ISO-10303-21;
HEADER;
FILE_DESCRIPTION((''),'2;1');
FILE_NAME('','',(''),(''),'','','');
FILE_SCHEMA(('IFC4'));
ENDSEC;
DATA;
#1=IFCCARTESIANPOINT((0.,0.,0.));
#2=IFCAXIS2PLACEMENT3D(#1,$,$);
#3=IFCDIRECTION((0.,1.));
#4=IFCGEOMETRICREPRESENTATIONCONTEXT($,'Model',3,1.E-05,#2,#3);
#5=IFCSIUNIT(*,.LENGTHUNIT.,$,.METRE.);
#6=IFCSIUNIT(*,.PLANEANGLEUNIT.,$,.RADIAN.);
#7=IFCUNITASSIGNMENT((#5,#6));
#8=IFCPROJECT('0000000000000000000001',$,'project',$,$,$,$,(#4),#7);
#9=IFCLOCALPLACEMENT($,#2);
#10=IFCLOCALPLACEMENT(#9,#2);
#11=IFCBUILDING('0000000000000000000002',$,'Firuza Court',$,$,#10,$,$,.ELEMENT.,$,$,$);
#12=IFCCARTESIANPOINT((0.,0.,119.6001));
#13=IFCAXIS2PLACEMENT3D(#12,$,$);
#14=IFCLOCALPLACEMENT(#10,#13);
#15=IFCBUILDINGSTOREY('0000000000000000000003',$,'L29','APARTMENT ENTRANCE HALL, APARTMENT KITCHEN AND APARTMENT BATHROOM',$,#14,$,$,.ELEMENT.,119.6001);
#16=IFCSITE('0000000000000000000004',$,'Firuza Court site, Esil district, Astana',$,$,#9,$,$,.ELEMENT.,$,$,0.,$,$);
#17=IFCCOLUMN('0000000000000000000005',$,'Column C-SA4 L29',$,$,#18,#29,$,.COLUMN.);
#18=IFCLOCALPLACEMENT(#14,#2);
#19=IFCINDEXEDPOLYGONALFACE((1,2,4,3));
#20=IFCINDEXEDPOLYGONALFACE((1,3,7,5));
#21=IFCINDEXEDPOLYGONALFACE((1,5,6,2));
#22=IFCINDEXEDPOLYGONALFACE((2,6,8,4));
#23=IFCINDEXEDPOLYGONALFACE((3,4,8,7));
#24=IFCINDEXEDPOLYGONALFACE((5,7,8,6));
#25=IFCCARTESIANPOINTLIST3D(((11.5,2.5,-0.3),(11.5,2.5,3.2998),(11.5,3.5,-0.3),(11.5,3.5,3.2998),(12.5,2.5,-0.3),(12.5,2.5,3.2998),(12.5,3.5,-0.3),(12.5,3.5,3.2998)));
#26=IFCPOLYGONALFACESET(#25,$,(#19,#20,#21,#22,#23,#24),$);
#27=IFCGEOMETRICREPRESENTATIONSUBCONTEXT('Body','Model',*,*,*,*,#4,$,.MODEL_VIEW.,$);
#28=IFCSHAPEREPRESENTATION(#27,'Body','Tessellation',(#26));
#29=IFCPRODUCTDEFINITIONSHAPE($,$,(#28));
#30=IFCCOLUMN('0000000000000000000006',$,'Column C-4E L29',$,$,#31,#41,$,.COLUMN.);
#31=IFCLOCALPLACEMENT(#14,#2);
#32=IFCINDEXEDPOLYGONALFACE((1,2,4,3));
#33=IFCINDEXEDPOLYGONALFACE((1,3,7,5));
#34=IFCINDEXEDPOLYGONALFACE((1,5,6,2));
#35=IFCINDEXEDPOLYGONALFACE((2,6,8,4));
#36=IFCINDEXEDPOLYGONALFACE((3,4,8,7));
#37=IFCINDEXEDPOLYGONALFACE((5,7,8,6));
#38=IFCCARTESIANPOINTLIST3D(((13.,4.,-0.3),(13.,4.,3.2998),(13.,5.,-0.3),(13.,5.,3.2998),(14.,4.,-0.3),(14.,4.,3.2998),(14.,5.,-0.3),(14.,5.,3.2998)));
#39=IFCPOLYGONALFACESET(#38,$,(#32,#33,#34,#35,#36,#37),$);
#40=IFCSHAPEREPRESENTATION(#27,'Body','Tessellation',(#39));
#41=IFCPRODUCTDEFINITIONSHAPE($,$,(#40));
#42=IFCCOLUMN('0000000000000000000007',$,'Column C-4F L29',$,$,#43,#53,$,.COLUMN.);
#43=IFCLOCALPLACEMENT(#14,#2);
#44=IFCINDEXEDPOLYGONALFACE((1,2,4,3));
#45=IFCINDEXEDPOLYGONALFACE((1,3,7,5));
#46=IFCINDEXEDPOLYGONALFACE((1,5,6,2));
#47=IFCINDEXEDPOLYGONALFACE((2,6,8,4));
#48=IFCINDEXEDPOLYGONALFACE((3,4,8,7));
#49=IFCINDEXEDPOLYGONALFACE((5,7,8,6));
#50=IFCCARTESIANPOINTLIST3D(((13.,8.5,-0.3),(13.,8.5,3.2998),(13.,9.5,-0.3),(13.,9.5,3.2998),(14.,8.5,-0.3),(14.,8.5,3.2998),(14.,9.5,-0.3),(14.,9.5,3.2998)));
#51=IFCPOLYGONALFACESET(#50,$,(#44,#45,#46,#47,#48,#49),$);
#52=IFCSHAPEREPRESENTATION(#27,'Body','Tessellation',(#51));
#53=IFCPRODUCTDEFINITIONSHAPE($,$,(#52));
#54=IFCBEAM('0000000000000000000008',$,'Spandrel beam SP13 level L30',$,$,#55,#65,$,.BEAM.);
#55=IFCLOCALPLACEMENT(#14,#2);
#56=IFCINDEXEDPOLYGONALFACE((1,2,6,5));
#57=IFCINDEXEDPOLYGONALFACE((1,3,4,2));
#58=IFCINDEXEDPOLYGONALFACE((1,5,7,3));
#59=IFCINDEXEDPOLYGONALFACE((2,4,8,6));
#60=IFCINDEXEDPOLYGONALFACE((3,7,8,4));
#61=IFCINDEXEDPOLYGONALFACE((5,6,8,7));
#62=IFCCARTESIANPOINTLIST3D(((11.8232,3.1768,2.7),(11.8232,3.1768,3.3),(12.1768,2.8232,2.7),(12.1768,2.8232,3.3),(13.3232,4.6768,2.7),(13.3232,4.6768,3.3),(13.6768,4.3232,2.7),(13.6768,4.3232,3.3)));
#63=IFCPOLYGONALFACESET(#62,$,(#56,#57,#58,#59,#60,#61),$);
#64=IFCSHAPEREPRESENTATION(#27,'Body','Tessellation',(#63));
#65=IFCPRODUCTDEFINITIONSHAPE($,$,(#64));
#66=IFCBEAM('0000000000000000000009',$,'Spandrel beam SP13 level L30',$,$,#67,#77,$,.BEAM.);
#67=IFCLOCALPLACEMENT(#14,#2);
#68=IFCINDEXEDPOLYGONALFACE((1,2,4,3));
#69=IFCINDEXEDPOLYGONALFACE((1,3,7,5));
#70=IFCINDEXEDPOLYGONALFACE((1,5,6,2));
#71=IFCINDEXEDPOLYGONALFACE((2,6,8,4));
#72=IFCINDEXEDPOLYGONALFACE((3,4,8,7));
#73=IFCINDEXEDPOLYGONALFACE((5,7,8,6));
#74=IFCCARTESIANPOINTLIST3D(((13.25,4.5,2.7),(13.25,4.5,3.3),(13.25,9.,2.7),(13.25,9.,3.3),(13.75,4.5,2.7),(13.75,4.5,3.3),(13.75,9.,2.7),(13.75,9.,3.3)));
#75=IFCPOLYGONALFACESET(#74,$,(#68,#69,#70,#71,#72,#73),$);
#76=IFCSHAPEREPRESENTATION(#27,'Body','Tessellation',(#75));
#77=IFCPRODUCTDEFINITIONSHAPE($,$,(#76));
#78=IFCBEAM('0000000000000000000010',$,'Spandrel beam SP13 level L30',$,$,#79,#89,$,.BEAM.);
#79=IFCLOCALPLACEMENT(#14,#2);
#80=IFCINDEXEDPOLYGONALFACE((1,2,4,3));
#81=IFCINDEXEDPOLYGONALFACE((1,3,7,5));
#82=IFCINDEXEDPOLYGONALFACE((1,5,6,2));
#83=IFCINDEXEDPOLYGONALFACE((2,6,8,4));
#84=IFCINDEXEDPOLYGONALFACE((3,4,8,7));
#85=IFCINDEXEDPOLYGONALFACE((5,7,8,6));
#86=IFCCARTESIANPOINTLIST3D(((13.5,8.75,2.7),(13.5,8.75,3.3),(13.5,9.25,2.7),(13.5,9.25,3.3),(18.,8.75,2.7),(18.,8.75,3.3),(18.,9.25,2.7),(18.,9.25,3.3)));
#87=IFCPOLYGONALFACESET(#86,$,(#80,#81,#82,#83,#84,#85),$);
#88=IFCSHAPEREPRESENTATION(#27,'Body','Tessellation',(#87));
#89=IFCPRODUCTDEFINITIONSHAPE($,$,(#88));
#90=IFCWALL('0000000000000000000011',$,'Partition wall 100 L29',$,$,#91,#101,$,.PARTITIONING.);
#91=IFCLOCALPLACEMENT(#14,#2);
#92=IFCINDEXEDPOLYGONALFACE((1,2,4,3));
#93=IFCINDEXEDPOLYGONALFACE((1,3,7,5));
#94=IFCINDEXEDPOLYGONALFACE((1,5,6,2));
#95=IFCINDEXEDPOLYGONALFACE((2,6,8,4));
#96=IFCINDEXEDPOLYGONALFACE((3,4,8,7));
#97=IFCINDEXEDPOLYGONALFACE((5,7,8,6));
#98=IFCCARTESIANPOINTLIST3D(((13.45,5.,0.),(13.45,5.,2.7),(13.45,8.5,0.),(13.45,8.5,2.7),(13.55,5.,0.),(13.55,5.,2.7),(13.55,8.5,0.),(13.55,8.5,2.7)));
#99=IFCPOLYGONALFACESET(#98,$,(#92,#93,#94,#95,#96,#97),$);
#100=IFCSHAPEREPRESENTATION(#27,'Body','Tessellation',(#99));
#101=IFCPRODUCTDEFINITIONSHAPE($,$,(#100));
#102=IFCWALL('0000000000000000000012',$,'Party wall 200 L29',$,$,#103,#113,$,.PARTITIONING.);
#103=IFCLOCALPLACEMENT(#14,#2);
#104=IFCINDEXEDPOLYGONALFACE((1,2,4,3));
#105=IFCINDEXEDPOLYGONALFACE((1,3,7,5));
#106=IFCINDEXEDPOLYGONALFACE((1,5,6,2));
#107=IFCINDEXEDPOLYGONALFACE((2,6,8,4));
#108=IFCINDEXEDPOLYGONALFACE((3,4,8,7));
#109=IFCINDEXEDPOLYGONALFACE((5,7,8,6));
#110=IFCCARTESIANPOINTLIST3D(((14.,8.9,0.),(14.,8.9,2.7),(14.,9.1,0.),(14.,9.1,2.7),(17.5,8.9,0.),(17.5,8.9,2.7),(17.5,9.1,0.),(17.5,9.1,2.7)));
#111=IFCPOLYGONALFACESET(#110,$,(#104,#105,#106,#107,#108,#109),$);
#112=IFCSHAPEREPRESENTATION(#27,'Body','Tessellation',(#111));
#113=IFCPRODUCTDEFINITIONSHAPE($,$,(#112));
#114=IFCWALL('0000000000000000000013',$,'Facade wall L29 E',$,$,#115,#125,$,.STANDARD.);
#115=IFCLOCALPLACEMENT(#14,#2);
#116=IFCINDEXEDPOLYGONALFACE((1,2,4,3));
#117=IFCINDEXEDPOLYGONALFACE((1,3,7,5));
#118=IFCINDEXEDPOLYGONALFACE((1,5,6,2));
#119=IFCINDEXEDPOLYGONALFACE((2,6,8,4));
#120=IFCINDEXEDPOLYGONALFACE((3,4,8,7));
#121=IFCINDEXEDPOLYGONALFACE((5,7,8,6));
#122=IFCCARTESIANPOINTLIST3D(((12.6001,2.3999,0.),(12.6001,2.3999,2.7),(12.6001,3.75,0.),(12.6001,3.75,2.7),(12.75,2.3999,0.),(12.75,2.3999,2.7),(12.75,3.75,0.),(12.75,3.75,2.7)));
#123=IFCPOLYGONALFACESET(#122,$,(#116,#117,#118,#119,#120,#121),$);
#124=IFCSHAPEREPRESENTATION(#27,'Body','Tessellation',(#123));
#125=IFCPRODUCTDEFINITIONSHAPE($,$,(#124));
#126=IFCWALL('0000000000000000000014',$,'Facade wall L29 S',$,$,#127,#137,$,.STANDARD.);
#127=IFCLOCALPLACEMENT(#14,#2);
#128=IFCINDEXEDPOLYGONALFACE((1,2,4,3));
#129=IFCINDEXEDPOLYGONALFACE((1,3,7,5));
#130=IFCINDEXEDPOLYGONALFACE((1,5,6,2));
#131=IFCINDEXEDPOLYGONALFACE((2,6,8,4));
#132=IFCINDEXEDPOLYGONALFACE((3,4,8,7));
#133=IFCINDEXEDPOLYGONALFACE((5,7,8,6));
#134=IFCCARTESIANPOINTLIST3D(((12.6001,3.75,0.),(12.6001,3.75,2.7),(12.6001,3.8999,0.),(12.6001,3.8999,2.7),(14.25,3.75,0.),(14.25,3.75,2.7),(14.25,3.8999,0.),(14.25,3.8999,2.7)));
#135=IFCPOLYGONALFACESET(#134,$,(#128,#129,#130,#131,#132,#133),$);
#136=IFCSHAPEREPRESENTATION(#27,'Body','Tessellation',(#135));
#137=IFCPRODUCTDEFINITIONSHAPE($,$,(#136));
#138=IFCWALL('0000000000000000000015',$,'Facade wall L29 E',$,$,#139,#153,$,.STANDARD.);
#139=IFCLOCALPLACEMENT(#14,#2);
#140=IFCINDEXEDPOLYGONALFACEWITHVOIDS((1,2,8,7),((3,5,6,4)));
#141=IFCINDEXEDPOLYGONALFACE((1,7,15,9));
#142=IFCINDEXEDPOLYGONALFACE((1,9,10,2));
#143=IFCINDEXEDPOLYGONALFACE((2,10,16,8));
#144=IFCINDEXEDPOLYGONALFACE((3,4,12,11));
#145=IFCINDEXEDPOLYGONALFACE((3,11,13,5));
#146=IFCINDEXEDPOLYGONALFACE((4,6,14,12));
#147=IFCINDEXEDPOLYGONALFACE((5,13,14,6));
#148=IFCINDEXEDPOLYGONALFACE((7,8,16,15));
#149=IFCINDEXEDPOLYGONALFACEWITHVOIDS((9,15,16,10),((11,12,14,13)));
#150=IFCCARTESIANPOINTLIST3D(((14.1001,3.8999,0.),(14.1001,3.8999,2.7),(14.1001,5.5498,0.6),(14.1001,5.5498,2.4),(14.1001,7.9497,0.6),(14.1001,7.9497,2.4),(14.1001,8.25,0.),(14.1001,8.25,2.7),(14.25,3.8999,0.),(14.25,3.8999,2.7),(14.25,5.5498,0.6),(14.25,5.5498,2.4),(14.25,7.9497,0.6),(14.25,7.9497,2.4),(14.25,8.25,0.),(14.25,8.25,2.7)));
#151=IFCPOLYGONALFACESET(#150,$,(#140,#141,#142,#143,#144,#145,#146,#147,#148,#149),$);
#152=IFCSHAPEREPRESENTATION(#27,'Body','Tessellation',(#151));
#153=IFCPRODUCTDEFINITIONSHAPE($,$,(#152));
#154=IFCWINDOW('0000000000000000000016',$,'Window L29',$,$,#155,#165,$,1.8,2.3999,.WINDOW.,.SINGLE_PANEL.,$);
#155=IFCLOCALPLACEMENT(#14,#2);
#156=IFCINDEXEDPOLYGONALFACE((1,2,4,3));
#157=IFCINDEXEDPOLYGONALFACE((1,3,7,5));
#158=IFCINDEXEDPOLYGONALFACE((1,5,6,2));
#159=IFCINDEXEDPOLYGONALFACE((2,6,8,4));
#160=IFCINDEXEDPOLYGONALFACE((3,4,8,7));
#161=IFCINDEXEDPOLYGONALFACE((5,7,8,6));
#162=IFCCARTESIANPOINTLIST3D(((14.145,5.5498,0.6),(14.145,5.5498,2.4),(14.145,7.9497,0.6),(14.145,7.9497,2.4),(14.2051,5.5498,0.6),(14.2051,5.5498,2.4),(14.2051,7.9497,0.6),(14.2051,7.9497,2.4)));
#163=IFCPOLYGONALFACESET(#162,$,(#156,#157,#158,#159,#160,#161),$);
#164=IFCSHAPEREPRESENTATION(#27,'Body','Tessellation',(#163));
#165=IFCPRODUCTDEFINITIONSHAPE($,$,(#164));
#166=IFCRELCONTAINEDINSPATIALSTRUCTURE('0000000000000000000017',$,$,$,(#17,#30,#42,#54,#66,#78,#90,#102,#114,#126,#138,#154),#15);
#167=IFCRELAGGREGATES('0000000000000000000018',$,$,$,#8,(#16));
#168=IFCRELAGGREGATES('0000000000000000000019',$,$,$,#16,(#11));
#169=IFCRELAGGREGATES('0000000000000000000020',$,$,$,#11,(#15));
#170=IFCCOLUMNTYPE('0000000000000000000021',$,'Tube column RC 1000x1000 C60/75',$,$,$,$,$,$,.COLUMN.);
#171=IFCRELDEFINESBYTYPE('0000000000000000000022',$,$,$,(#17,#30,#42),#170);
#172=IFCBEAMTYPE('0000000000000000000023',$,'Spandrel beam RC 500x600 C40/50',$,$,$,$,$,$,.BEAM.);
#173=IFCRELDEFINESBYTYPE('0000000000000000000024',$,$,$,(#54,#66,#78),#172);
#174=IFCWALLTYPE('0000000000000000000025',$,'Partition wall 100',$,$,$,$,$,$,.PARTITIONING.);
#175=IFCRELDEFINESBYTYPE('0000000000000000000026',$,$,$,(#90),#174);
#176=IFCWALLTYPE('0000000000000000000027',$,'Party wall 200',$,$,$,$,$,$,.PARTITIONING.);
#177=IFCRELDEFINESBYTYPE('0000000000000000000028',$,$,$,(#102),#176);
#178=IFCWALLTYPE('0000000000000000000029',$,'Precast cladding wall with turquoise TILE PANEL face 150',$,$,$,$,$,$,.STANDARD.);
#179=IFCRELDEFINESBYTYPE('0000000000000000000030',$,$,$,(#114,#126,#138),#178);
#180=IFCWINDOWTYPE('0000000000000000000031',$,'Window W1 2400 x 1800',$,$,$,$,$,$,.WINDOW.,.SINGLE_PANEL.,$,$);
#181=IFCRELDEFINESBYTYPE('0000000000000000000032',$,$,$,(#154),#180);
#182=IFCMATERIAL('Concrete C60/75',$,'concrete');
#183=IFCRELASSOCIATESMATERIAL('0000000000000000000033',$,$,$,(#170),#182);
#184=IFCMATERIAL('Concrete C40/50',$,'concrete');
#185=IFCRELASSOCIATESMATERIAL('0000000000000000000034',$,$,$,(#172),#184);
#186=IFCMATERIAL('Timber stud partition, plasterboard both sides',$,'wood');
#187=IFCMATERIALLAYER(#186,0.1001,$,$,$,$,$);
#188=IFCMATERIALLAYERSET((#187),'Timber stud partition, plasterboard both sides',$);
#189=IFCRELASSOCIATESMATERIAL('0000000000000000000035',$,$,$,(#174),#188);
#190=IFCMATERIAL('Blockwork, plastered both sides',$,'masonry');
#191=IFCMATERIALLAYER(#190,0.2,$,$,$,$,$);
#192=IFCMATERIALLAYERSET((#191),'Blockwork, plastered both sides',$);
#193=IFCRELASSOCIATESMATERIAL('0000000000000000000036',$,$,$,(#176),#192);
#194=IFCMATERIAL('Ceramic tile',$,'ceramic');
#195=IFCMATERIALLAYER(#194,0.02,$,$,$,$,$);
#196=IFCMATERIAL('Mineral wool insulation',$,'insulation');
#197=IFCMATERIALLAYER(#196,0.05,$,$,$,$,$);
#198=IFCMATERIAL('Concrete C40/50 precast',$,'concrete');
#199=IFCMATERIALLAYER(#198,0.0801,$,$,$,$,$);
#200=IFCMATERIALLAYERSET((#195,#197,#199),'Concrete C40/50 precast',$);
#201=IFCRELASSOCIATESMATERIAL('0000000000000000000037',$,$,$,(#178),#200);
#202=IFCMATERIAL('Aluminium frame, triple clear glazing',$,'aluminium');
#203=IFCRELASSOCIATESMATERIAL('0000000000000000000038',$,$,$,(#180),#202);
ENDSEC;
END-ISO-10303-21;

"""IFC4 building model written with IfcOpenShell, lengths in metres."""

from ifc_helpers import new_model, si_unit, direction, frame, frame_2d, origin, origin_2d, place, context, subcontext, project, spatial, rectangle, extrude, material, layer, layer_set, material_profile, profile_set, type_object, element, fill, save


model = new_model("IFC4")

# Units and contexts
model_context = context("Model", 3, precision=1e-05, world=origin(), true_north=direction((0.0, 1.0)))
body_context = subcontext(model_context, "Body", "Model", "MODEL_VIEW")
ifc_project = project(units=[si_unit("LENGTHUNIT", "METRE"), si_unit("PLANEANGLEUNIT", "RADIAN")], contexts=[model_context])

# Site, building, storey
site_placement = place(None, origin())
site = spatial("IfcSite", under=ifc_project, at=site_placement, Name="Firuza Court site, Esil district, Astana", CompositionType="ELEMENT", RefElevation=0.0)
building_placement = place(site_placement, origin())
building = spatial("IfcBuilding", under=site, at=building_placement, Name="Firuza Court", CompositionType="ELEMENT")
storey_placement = place(building_placement, frame((0.0, 0.0, 119.6001)))
storey = spatial("IfcBuildingStorey", under=building, at=storey_placement, Name="L29", Description="APARTMENT ENTRANCE HALL, APARTMENT KITCHEN AND APARTMENT BATHROOM", CompositionType="ELEMENT", Elevation=119.6001)

# Columns
ifc_material_1 = material(Name="Concrete C60/75", Category="concrete")
ifc_material_profile_1 = material_profile(ifc_material_1, rectangle(XDim=1.0, YDim=1.0, at=origin_2d()), Name="RC 1000x1000")
ifc_profile_set_1 = profile_set([ifc_material_profile_1], Name="Concrete C60/75")
column_type = type_object("IfcColumnType", Name="Tube column RC 1000x1000 C60/75", PredefinedType="COLUMN", material=ifc_profile_set_1)
for number, where, z_axis, x_axis, name in (
    (1, (12.0, 3.0, -0.3), (0.0, 0.0, 1.0), (1.0, 0.0, 0.0), "Column C-SA4 L29"),
    (2, (13.5, 4.5, -0.3), (0.0, 0.0, 1.0), (1.0, 0.0, 0.0), "Column C-4E L29"),
    (3, (13.5, 9.0, -0.3), (0.0, 0.0, 1.0), (1.0, 0.0, 0.0), "Column C-4F L29"),
):
    element("IfcColumn", number, at=place(storey_placement, frame(where, z_axis=z_axis, x_axis=x_axis)), inside=storey, type_object=column_type, Name=name, PredefinedType="COLUMN", context=body_context, shape_type="SweptSolid", body=[
        extrude(rectangle(XDim=1.0, YDim=1.0, at=origin_2d()), origin(), (0.0, 0.0, 1.0), 3.5999),
    ])

# Beams
ifc_material_2 = material(Name="Concrete C40/50", Category="concrete")
ifc_material_profile_2 = material_profile(ifc_material_2, rectangle(XDim=0.5, YDim=0.6001, at=origin_2d()), Name="RC 500x600")
ifc_profile_set_2 = profile_set([ifc_material_profile_2], Name="Concrete C40/50")
beam_type = type_object("IfcBeamType", Name="Spandrel beam RC 500x600 C40/50", PredefinedType="BEAM", material=ifc_profile_set_2)
beam_placement = place(storey_placement, frame((12.0, 3.0, 3.0), z_axis=(0.707107, 0.707107, 0.0), x_axis=(-0.707107, 0.707107, 0.0)))
element("IfcBeam", 4, at=beam_placement, inside=storey, type_object=beam_type, Name="Spandrel beam SP13 level L30", PredefinedType="BEAM", context=body_context, shape_type="SweptSolid", body=[
    extrude(rectangle(XDim=0.5, YDim=0.6001, at=origin_2d()), origin(), (0.0, 0.0, 1.0), 2.1213),
])
for number, where, z_axis, x_axis, name in (
    (5, (13.5, 4.5, 3.0), (0.0, 1.0, 0.0), (-1.0, 0.0, 0.0), "Spandrel beam SP13 level L30"),
    (6, (13.5, 9.0, 3.0), (1.0, 0.0, 0.0), (0.0, 1.0, 0.0), "Spandrel beam SP13 level L30"),
):
    element("IfcBeam", number, at=place(storey_placement, frame(where, z_axis=z_axis, x_axis=x_axis)), inside=storey, type_object=beam_type, Name=name, PredefinedType="BEAM", context=body_context, shape_type="SweptSolid", body=[
        extrude(rectangle(XDim=0.5, YDim=0.6001, at=origin_2d()), origin(), (0.0, 0.0, 1.0), 4.5),
    ])

# Walls
ifc_material_3 = material(Name="Timber stud partition, plasterboard both sides", Category="wood")
ifc_layer_1 = layer(ifc_material_3, 0.1001)
ifc_layer_set_1 = layer_set([ifc_layer_1], Name="Timber stud partition, plasterboard both sides")
wall_type_1 = type_object("IfcWallType", Name="Partition wall 100", PredefinedType="PARTITIONING", material=ifc_layer_set_1)
wall_1_placement = place(storey_placement, frame((13.5, 5.0, 0.0), z_axis=(0.0, 0.0, 1.0), x_axis=(0.0, 1.0, 0.0)))
element("IfcWall", 7, at=wall_1_placement, inside=storey, type_object=wall_type_1, Name="Partition wall 100 L29", PredefinedType="PARTITIONING", context=body_context, shape_type="SweptSolid", body=[
    extrude(rectangle(XDim=3.5, YDim=0.1001, at=frame_2d((1.75, 0.0))), origin(), (0.0, 0.0, 1.0), 2.7),
])
ifc_material_4 = material(Name="Blockwork, plastered both sides", Category="masonry")
ifc_layer_2 = layer(ifc_material_4, 0.2)
ifc_layer_set_2 = layer_set([ifc_layer_2], Name="Blockwork, plastered both sides")
wall_type_2 = type_object("IfcWallType", Name="Party wall 200", PredefinedType="PARTITIONING", material=ifc_layer_set_2)
wall_2_placement = place(storey_placement, frame((14.0, 9.0, 0.0), z_axis=(0.0, 0.0, 1.0), x_axis=(1.0, 0.0, 0.0)))
element("IfcWall", 8, at=wall_2_placement, inside=storey, type_object=wall_type_2, Name="Party wall 200 L29", PredefinedType="PARTITIONING", context=body_context, shape_type="SweptSolid", body=[
    extrude(rectangle(XDim=3.5, YDim=0.2, at=frame_2d((1.75, 0.0))), origin(), (0.0, 0.0, 1.0), 2.7),
])
ifc_material_5 = material(Name="Ceramic tile", Category="ceramic")
ifc_layer_3 = layer(ifc_material_5, 0.02)
ifc_material_6 = material(Name="Mineral wool insulation", Category="insulation")
ifc_layer_4 = layer(ifc_material_6, 0.05)
ifc_material_7 = material(Name="Concrete C40/50 precast", Category="concrete")
ifc_layer_5 = layer(ifc_material_7, 0.0801)
ifc_layer_set_3 = layer_set([ifc_layer_3, ifc_layer_4, ifc_layer_5], Name="Concrete C40/50 precast")
wall_type_3 = type_object("IfcWallType", Name="Precast cladding wall with turquoise TILE PANEL face 150", PredefinedType="STANDARD", material=ifc_layer_set_3)
wall_3_placement = place(storey_placement, frame((12.675, 2.3999, 0.0), z_axis=(0.0, 0.0, 1.0), x_axis=(0.0, 1.0, 0.0)))
element("IfcWall", 9, at=wall_3_placement, inside=storey, type_object=wall_type_3, Name="Facade wall L29 E", PredefinedType="STANDARD", context=body_context, shape_type="SweptSolid", body=[
    extrude(rectangle(XDim=1.3501, YDim=0.1499, at=frame_2d((0.675, 0.0))), origin(), (0.0, 0.0, 1.0), 2.7),
])
wall_4_placement = place(storey_placement, frame((12.6001, 3.825, 0.0), z_axis=(0.0, 0.0, 1.0), x_axis=(1.0, 0.0, 0.0)))
element("IfcWall", 10, at=wall_4_placement, inside=storey, type_object=wall_type_3, Name="Facade wall L29 S", PredefinedType="STANDARD", context=body_context, shape_type="SweptSolid", body=[
    extrude(rectangle(XDim=1.6499, YDim=0.1499, at=frame_2d((0.825, 0.0))), origin(), (0.0, 0.0, 1.0), 2.7),
])

# Wall, opening, window
wall_5_placement = place(storey_placement, frame((14.175, 3.8999, 0.0), z_axis=(0.0, 0.0, 1.0), x_axis=(0.0, 1.0, 0.0)))
wall_5 = element("IfcWall", 11, at=wall_5_placement, inside=storey, type_object=wall_type_3, Name="Facade wall L29 E", PredefinedType="STANDARD", context=body_context, shape_type="SweptSolid", body=[
    extrude(rectangle(XDim=4.3501, YDim=0.1499, at=frame_2d((2.175, 0.0))), origin(), (0.0, 0.0, 1.0), 2.7),
])
opening_1_placement = place(wall_5_placement, frame((1.6499, 0.0, 0.6001)))
opening_1 = element("IfcOpeningElement", 12, at=opening_1_placement, cuts=wall_5, PredefinedType="OPENING", context=body_context, shape_type="SweptSolid", body=[
    extrude(rectangle(XDim=2.3999, YDim=1.8, at=frame_2d((1.2, 0.8999))), frame((0.0, 0.0869, 0.0), z_axis=(0.0, -1.0, 0.0), x_axis=(1.0, 0.0, 0.0)), (0.0, 0.0, 1.0), 0.1738),
])
ifc_material_8 = material(Name="Aluminium frame, triple clear glazing", Category="aluminium")
window_type_1 = type_object("IfcWindowType", Name="Window W1 2400 x 1800", PartitioningType="SINGLE_PANEL", PredefinedType="WINDOW", material=ifc_material_8)
window_1_placement = place(opening_1_placement, origin())
window_1 = element("IfcWindow", 13, at=window_1_placement, inside=storey, type_object=window_type_1, Name="Window L29", OverallHeight=1.8, OverallWidth=2.3999, PartitioningType="SINGLE_PANEL", PredefinedType="WINDOW", context=body_context, shape_type="SweptSolid", body=[
    extrude(rectangle(XDim=2.3999, YDim=1.8, at=frame_2d((1.2, 0.8999))), frame((0.0, 0.03, 0.0), z_axis=(0.0, -1.0, 0.0), x_axis=(1.0, 0.0, 0.0)), (0.0, 0.0, 1.0), 0.0601),
])
fill(opening_1, window_1)

save(model, "model.ifc")
